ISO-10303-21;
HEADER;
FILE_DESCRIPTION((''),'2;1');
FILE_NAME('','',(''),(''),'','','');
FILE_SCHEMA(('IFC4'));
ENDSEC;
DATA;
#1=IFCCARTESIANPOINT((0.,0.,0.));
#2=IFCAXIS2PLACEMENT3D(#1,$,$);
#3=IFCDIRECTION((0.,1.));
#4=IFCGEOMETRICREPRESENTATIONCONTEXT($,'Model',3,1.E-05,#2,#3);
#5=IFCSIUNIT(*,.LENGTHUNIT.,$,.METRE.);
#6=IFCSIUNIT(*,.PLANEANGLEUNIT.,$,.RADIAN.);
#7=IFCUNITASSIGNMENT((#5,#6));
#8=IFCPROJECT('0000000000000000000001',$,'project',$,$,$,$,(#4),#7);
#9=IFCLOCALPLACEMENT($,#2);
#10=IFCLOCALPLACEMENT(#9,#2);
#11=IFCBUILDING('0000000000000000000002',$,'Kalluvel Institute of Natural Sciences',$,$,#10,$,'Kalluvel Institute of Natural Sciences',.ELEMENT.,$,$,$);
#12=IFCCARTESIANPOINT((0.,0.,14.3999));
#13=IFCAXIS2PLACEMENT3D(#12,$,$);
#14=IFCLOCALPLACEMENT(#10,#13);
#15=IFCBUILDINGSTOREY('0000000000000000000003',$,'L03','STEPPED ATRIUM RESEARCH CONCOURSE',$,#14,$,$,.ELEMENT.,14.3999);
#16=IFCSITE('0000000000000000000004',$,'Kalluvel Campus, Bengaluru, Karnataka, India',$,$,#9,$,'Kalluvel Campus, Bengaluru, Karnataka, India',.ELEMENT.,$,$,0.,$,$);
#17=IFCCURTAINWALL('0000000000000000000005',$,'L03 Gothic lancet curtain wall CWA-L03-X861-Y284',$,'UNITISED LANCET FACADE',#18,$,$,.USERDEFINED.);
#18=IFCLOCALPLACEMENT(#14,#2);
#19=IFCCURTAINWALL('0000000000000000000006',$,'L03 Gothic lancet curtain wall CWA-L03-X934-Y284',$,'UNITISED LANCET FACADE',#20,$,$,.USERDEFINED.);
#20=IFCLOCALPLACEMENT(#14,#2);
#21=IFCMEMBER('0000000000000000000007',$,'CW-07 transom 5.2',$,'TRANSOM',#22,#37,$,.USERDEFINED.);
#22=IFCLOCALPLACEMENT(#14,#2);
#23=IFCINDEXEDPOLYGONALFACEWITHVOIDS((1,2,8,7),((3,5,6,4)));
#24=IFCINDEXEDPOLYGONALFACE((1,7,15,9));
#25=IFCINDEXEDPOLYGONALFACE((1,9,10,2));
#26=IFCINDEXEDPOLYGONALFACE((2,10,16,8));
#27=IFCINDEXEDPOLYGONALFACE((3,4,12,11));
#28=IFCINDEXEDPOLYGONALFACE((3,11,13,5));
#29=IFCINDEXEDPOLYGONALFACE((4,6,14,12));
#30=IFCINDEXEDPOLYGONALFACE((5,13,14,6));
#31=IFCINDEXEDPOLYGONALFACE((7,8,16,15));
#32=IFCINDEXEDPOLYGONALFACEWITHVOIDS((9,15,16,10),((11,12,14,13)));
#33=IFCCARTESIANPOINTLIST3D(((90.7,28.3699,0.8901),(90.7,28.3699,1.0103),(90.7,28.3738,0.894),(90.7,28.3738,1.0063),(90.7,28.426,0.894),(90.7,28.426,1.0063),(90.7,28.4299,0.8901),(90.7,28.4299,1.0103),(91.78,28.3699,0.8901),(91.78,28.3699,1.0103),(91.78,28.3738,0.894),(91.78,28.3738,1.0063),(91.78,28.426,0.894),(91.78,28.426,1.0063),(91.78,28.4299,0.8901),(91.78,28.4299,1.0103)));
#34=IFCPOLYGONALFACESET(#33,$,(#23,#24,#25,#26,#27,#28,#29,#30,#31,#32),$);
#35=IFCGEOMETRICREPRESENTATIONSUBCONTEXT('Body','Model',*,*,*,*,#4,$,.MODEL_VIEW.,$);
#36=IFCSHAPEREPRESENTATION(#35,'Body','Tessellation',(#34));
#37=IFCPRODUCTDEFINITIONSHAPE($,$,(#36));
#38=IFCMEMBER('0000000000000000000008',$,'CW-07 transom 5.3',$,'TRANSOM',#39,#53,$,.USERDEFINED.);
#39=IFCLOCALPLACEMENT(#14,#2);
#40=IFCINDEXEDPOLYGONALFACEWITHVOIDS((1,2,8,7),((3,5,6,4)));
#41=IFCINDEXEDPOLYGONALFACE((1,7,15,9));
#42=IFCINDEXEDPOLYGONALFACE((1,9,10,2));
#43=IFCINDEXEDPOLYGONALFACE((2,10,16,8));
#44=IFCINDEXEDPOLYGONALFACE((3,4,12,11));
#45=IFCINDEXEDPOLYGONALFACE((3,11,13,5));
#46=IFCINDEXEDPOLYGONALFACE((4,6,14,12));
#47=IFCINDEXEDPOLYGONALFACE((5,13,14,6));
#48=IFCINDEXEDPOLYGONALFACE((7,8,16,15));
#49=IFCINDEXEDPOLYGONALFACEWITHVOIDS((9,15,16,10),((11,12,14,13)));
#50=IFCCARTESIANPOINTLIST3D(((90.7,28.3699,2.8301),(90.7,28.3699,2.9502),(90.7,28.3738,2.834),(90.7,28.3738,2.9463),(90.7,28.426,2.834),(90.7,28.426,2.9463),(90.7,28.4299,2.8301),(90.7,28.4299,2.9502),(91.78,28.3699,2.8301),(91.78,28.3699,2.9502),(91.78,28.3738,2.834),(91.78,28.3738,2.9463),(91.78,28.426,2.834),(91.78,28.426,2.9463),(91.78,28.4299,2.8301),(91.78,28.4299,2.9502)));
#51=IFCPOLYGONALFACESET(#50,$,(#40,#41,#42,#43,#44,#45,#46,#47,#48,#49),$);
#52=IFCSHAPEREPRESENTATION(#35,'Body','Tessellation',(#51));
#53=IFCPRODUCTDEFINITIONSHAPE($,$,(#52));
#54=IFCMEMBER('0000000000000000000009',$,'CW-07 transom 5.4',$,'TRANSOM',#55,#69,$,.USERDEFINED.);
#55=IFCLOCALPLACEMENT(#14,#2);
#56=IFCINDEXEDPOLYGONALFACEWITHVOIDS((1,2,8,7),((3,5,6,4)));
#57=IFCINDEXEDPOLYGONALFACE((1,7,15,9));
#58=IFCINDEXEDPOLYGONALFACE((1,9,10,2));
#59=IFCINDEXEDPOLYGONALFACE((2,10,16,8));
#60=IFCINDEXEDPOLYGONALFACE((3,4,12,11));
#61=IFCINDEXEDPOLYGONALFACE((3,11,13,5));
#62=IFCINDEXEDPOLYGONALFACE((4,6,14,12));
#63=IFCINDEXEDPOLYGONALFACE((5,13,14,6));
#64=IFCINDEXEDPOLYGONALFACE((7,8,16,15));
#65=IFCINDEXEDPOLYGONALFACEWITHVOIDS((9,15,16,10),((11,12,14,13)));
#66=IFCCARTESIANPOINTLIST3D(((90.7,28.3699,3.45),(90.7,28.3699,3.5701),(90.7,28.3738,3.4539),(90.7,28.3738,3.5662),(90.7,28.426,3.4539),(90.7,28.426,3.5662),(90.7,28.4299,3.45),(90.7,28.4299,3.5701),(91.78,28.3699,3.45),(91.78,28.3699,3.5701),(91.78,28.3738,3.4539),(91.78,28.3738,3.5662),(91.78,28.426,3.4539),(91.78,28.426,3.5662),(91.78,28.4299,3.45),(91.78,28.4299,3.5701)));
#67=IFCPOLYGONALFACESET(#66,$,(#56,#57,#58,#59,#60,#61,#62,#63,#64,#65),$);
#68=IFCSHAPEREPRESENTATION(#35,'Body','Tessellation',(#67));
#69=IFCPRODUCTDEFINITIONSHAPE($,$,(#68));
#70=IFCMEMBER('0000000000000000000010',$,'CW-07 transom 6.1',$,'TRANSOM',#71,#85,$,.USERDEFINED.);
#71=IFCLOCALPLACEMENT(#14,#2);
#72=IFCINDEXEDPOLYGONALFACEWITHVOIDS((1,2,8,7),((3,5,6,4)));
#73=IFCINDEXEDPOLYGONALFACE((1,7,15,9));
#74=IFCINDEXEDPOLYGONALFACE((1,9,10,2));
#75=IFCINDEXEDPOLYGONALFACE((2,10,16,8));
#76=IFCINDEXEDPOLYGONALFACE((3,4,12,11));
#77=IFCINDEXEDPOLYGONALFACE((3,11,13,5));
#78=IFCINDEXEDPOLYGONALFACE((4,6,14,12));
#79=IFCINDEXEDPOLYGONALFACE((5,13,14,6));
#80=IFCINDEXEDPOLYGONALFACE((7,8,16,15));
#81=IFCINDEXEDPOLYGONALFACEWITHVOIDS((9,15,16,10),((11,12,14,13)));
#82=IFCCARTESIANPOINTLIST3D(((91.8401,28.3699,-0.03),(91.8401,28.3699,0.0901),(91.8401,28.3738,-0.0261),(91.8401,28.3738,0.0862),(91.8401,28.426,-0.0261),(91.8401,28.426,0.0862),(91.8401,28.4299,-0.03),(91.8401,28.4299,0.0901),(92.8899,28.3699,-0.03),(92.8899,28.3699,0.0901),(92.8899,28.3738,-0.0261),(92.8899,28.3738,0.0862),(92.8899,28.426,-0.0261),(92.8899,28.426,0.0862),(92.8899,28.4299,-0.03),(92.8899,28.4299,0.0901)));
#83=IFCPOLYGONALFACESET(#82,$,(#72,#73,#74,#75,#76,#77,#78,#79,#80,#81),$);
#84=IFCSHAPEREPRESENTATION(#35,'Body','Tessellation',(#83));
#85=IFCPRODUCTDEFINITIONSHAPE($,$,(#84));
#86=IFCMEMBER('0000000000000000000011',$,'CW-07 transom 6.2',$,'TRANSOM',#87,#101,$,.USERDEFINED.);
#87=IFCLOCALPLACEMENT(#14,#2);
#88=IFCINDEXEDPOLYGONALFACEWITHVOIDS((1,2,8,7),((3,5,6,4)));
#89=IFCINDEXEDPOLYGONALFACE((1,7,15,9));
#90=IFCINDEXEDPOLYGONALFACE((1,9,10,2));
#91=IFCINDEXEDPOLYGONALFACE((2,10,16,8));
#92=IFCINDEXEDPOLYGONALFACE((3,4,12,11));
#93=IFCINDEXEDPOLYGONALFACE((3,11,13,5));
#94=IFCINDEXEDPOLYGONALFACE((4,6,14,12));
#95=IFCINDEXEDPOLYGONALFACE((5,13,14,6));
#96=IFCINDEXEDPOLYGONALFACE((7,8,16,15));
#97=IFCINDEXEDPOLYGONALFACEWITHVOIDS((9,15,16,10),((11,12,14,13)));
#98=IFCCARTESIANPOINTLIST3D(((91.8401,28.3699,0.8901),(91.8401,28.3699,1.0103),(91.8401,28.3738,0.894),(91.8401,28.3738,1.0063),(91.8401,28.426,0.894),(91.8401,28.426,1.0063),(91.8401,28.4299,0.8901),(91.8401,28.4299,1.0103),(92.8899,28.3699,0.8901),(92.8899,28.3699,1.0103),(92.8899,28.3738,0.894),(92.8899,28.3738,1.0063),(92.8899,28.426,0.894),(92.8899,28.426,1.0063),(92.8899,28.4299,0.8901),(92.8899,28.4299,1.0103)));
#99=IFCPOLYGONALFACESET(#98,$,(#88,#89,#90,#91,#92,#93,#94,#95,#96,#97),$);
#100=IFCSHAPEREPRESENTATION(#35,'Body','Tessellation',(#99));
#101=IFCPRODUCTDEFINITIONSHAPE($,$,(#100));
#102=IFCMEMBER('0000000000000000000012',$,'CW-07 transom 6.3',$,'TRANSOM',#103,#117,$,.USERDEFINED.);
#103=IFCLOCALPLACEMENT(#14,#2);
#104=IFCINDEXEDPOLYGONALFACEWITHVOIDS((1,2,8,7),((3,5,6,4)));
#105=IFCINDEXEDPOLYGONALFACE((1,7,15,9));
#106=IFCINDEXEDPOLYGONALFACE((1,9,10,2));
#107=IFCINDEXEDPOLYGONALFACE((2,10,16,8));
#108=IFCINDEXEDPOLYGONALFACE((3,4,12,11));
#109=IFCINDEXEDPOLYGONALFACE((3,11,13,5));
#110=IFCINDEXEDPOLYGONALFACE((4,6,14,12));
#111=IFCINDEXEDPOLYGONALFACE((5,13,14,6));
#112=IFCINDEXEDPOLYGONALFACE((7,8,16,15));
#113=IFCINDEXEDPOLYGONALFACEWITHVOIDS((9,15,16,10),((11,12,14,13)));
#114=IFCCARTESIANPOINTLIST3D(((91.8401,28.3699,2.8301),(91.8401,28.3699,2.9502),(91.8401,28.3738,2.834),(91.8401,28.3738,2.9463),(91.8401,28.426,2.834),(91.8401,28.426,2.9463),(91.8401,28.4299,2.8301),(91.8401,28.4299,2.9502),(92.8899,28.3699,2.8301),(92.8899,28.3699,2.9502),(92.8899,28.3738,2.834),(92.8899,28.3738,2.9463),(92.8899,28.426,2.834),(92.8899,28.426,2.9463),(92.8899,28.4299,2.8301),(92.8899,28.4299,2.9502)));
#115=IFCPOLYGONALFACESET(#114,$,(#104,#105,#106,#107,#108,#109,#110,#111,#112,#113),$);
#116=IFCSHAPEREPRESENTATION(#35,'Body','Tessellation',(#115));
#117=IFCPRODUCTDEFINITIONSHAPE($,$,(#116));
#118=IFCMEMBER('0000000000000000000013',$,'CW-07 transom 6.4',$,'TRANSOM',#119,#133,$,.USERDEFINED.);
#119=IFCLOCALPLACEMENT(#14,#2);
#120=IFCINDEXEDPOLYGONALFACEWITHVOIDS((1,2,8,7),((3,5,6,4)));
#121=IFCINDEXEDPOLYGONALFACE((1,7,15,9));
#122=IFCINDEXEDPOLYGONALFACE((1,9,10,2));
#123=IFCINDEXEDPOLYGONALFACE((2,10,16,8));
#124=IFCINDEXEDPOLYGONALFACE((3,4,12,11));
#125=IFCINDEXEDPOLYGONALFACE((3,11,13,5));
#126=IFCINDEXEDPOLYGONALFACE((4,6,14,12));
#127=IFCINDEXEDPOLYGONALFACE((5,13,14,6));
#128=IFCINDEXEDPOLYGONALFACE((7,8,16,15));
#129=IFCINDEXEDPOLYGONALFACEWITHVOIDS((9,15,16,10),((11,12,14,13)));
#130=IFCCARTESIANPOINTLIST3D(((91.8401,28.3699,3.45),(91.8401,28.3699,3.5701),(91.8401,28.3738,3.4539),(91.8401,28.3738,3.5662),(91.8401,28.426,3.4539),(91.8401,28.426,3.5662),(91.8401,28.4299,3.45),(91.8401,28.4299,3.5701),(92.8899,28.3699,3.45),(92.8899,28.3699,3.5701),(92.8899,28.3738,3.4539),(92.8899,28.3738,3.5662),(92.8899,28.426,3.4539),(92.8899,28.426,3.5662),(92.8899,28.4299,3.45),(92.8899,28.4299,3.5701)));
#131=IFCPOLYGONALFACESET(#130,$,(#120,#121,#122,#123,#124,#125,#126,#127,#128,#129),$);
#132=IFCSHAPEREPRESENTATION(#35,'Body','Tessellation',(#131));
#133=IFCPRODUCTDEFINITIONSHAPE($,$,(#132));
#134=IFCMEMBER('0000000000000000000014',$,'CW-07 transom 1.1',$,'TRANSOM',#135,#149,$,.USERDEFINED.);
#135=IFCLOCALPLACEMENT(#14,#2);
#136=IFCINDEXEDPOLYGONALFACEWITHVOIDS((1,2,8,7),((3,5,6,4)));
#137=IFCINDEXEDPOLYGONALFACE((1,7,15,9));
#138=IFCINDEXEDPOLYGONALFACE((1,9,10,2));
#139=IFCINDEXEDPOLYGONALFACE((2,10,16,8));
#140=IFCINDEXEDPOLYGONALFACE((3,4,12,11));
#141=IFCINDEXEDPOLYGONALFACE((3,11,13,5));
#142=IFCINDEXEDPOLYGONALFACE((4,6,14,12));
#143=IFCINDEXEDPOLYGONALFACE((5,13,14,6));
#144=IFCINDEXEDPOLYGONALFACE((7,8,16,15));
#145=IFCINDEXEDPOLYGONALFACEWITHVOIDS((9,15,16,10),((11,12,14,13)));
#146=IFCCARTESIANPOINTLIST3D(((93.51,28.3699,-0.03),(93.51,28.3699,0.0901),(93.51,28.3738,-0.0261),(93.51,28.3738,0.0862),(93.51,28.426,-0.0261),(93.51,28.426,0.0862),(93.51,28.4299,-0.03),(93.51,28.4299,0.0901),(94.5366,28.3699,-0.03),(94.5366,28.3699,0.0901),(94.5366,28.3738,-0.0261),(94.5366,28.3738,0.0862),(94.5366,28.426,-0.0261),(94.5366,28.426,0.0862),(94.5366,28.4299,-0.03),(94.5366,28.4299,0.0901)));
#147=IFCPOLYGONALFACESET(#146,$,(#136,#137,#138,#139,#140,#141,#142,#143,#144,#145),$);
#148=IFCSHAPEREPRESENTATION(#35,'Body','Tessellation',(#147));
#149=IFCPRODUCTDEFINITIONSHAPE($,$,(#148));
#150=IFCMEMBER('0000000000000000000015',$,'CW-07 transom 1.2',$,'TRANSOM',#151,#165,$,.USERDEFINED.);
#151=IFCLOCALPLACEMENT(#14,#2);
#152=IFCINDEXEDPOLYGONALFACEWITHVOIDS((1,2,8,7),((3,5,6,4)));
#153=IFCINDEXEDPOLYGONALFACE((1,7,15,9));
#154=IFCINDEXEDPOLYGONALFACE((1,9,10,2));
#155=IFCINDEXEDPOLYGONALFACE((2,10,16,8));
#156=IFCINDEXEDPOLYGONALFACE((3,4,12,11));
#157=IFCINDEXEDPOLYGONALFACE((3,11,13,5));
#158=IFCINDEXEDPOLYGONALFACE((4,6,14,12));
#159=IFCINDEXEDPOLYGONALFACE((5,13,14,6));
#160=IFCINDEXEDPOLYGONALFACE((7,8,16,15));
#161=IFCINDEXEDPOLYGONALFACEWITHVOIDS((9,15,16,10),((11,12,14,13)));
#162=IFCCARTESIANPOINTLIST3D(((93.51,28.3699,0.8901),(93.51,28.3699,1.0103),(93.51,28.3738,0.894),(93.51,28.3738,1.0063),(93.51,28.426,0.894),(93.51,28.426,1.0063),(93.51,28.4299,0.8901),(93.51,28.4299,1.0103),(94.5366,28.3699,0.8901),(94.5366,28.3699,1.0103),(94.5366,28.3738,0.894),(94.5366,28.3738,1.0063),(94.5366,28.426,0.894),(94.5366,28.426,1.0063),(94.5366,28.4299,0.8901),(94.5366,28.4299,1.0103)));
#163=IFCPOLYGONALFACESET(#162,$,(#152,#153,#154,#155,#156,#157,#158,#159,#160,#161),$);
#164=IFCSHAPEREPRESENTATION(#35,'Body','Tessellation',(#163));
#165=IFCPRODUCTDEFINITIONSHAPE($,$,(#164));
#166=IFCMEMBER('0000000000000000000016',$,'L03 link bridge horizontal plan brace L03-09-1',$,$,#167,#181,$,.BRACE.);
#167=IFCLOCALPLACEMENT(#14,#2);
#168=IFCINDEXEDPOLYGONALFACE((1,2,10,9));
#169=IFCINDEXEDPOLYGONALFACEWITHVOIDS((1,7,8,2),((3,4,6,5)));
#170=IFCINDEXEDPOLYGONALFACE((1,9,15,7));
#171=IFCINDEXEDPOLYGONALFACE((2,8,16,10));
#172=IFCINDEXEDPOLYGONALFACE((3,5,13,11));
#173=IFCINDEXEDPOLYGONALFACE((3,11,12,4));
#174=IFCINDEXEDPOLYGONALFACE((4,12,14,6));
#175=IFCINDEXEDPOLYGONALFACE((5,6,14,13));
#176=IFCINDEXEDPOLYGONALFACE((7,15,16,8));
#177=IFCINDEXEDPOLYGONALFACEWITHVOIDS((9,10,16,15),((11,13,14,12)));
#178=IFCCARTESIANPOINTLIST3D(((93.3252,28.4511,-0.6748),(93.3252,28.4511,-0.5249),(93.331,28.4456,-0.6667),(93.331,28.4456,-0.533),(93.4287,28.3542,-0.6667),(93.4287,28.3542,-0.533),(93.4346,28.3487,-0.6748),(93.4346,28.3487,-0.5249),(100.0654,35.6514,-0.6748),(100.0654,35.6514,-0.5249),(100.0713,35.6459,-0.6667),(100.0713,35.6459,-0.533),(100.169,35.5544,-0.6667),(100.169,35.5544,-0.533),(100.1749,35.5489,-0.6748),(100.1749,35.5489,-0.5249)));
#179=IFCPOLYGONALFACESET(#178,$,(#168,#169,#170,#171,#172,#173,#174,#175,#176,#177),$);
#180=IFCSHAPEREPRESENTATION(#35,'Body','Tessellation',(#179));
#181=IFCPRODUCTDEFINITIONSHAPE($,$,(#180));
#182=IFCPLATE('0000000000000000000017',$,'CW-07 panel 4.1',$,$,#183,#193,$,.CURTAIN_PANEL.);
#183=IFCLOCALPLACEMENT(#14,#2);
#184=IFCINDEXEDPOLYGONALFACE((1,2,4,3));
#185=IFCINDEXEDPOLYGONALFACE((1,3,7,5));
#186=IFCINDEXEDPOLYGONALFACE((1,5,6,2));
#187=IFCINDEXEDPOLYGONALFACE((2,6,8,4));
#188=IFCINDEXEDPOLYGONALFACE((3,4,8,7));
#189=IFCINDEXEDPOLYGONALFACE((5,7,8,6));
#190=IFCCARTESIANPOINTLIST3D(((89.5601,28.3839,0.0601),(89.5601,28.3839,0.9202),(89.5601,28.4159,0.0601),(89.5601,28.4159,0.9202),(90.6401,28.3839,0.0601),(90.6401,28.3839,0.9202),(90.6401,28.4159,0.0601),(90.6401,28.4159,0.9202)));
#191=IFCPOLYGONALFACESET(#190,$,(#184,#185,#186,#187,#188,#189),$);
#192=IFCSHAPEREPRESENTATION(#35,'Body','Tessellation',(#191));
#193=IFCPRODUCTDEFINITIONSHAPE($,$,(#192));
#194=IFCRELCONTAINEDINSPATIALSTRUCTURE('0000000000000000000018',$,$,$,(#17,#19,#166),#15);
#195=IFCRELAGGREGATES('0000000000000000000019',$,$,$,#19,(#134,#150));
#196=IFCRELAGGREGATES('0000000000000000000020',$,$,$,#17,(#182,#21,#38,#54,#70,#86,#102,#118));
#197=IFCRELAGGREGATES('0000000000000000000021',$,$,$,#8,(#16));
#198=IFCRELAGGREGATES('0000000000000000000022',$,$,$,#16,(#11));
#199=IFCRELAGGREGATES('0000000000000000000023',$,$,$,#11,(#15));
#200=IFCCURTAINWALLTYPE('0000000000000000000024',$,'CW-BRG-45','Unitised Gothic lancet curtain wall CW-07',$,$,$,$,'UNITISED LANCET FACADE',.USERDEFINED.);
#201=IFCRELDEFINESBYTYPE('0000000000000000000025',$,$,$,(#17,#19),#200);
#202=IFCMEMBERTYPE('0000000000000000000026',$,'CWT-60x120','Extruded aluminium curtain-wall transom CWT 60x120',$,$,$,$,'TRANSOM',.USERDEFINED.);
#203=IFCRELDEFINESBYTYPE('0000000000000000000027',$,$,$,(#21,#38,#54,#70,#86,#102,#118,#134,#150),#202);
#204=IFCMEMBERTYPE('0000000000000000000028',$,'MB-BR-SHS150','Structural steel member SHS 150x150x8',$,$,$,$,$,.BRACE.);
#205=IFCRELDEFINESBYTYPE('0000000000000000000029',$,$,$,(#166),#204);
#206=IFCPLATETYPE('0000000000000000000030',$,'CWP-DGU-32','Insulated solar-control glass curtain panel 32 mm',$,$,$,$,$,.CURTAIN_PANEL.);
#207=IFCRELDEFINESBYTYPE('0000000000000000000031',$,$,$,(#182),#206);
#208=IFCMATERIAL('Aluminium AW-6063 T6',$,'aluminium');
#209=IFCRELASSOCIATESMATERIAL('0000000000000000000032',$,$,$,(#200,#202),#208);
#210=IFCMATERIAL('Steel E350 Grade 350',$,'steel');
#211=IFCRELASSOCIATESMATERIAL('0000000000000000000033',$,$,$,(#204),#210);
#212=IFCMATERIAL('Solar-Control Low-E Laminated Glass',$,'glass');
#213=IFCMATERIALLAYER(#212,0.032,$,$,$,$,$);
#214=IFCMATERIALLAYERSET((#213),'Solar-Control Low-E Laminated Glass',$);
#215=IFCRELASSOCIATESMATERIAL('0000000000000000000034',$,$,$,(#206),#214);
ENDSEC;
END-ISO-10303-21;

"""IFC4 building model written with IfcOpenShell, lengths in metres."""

from ifc_helpers import new_model, si_unit, direction, frame, origin, origin_2d, place, context, subcontext, project, spatial, rectangle, hollow_rectangle, extrude, material, layer, layer_set, material_profile, profile_set, type_object, element, aggregate, save


model = new_model("IFC4")

# Units and contexts
model_context = context("Model", 3, precision=1e-05, world=origin(), true_north=direction((0.0, 1.0)))
body_context = subcontext(model_context, "Body", "Model", "MODEL_VIEW")
ifc_project = project(units=[si_unit("LENGTHUNIT", "METRE"), si_unit("PLANEANGLEUNIT", "RADIAN")], contexts=[model_context])

# Site, building, storey
site_placement = place(None, origin())
site = spatial("IfcSite", under=ifc_project, at=site_placement, Name="Kalluvel Campus, Bengaluru, Karnataka, India", LongName="Kalluvel Campus, Bengaluru, Karnataka, India", CompositionType="ELEMENT", RefElevation=0.0)
building_placement = place(site_placement, origin())
building = spatial("IfcBuilding", under=site, at=building_placement, Name="Kalluvel Institute of Natural Sciences", LongName="Kalluvel Institute of Natural Sciences", CompositionType="ELEMENT")
storey_placement = place(building_placement, frame((0.0, 0.0, 14.3999)))
storey = spatial("IfcBuildingStorey", under=building, at=storey_placement, Name="L03", Description="STEPPED ATRIUM RESEARCH CONCOURSE", CompositionType="ELEMENT", Elevation=14.3999)

# Shared definitions
ifc_material_1 = material(Name="Steel E350 Grade 350", Category="steel")

# Curtain wall
ifc_material_2 = material(Name="Aluminium AW-6063 T6", Category="aluminium")
curtain_wall_type = type_object("IfcCurtainWallType", Name="CW-BRG-45", Description="Unitised Gothic lancet curtain wall CW-07", ElementType="UNITISED LANCET FACADE", PredefinedType="USERDEFINED", material=ifc_material_2)
curtain_wall_1_placement = place(storey_placement, origin())
curtain_wall_1 = element("IfcCurtainWall", 1, at=curtain_wall_1_placement, inside=storey, type_object=curtain_wall_type, Name="L03 Gothic lancet curtain wall CWA-L03-X861-Y284", ObjectType="UNITISED LANCET FACADE", PredefinedType="USERDEFINED")

# Curtain wall
curtain_wall_2_placement = place(storey_placement, origin())
curtain_wall_2 = element("IfcCurtainWall", 2, at=curtain_wall_2_placement, inside=storey, type_object=curtain_wall_type, Name="L03 Gothic lancet curtain wall CWA-L03-X934-Y284", ObjectType="UNITISED LANCET FACADE", PredefinedType="USERDEFINED")

# Members
ifc_material_profile_1 = material_profile(ifc_material_2, hollow_rectangle(XDim=0.0601, YDim=0.1201, WallThickness=0.0039, at=origin_2d()), Name="CWT 60x120")
ifc_profile_set_1 = profile_set([ifc_material_profile_1], Name="Aluminium AW-6063 T6")
member_type_1 = type_object("IfcMemberType", Name="CWT-60x120", Description="Extruded aluminium curtain-wall transom CWT 60x120", ElementType="TRANSOM", PredefinedType="USERDEFINED", material=ifc_profile_set_1)
member_1_placement = place(storey_placement, frame((90.7, 28.3999, 0.9502), z_axis=(1.0, 0.0, 0.0), x_axis=(0.0, 1.0, 0.0)))
member_1 = element("IfcMember", 3, at=member_1_placement, type_object=member_type_1, Name="CW-07 transom 5.2", ObjectType="TRANSOM", PredefinedType="USERDEFINED", context=body_context, shape_type="SweptSolid", body=[
    extrude(hollow_rectangle(XDim=0.0601, YDim=0.1201, WallThickness=0.0039, at=origin_2d()), origin(), (0.0, 0.0, 1.0), 1.0801),
])
member_2_placement = place(storey_placement, frame((90.7, 28.3999, 2.8901), z_axis=(1.0, 0.0, 0.0), x_axis=(0.0, 1.0, 0.0)))
member_2 = element("IfcMember", 4, at=member_2_placement, type_object=member_type_1, Name="CW-07 transom 5.3", ObjectType="TRANSOM", PredefinedType="USERDEFINED", context=body_context, shape_type="SweptSolid", body=[
    extrude(hollow_rectangle(XDim=0.0601, YDim=0.1201, WallThickness=0.0039, at=origin_2d()), origin(), (0.0, 0.0, 1.0), 1.0801),
])
member_3_placement = place(storey_placement, frame((90.7, 28.3999, 3.51), z_axis=(1.0, 0.0, 0.0), x_axis=(0.0, 1.0, 0.0)))
member_3 = element("IfcMember", 5, at=member_3_placement, type_object=member_type_1, Name="CW-07 transom 5.4", ObjectType="TRANSOM", PredefinedType="USERDEFINED", context=body_context, shape_type="SweptSolid", body=[
    extrude(hollow_rectangle(XDim=0.0601, YDim=0.1201, WallThickness=0.0039, at=origin_2d()), origin(), (0.0, 0.0, 1.0), 1.0801),
])
member_4_placement = place(storey_placement, frame((91.8401, 28.3999, 0.03), z_axis=(1.0, 0.0, 0.0), x_axis=(0.0, 1.0, 0.0)))
member_4 = element("IfcMember", 6, at=member_4_placement, type_object=member_type_1, Name="CW-07 transom 6.1", ObjectType="TRANSOM", PredefinedType="USERDEFINED", context=body_context, shape_type="SweptSolid", body=[
    extrude(hollow_rectangle(XDim=0.0601, YDim=0.1201, WallThickness=0.0039, at=origin_2d()), origin(), (0.0, 0.0, 1.0), 1.0498),
])
member_5_placement = place(storey_placement, frame((91.8401, 28.3999, 0.9502), z_axis=(1.0, 0.0, 0.0), x_axis=(0.0, 1.0, 0.0)))
member_5 = element("IfcMember", 7, at=member_5_placement, type_object=member_type_1, Name="CW-07 transom 6.2", ObjectType="TRANSOM", PredefinedType="USERDEFINED", context=body_context, shape_type="SweptSolid", body=[
    extrude(hollow_rectangle(XDim=0.0601, YDim=0.1201, WallThickness=0.0039, at=origin_2d()), origin(), (0.0, 0.0, 1.0), 1.0498),
])
member_6_placement = place(storey_placement, frame((91.8401, 28.3999, 2.8901), z_axis=(1.0, 0.0, 0.0), x_axis=(0.0, 1.0, 0.0)))
member_6 = element("IfcMember", 8, at=member_6_placement, type_object=member_type_1, Name="CW-07 transom 6.3", ObjectType="TRANSOM", PredefinedType="USERDEFINED", context=body_context, shape_type="SweptSolid", body=[
    extrude(hollow_rectangle(XDim=0.0601, YDim=0.1201, WallThickness=0.0039, at=origin_2d()), origin(), (0.0, 0.0, 1.0), 1.0498),
])
member_7_placement = place(storey_placement, frame((91.8401, 28.3999, 3.51), z_axis=(1.0, 0.0, 0.0), x_axis=(0.0, 1.0, 0.0)))
member_7 = element("IfcMember", 9, at=member_7_placement, type_object=member_type_1, Name="CW-07 transom 6.4", ObjectType="TRANSOM", PredefinedType="USERDEFINED", context=body_context, shape_type="SweptSolid", body=[
    extrude(hollow_rectangle(XDim=0.0601, YDim=0.1201, WallThickness=0.0039, at=origin_2d()), origin(), (0.0, 0.0, 1.0), 1.0498),
])
member_8_placement = place(storey_placement, frame((93.51, 28.3999, 0.03), z_axis=(1.0, 0.0, 0.0), x_axis=(0.0, 1.0, 0.0)))
member_8 = element("IfcMember", 10, at=member_8_placement, type_object=member_type_1, Name="CW-07 transom 1.1", ObjectType="TRANSOM", PredefinedType="USERDEFINED", context=body_context, shape_type="SweptSolid", body=[
    extrude(hollow_rectangle(XDim=0.0601, YDim=0.1201, WallThickness=0.0039, at=origin_2d()), origin(), (0.0, 0.0, 1.0), 1.0266),
])
member_9_placement = place(storey_placement, frame((93.51, 28.3999, 0.9502), z_axis=(1.0, 0.0, 0.0), x_axis=(0.0, 1.0, 0.0)))
member_9 = element("IfcMember", 11, at=member_9_placement, type_object=member_type_1, Name="CW-07 transom 1.2", ObjectType="TRANSOM", PredefinedType="USERDEFINED", context=body_context, shape_type="SweptSolid", body=[
    extrude(hollow_rectangle(XDim=0.0601, YDim=0.1201, WallThickness=0.0039, at=origin_2d()), origin(), (0.0, 0.0, 1.0), 1.0266),
])
aggregate(curtain_wall_2, [member_8, member_9])
ifc_material_profile_2 = material_profile(ifc_material_1, hollow_rectangle(XDim=0.1499, YDim=0.1499, WallThickness=0.0081, at=origin_2d()), Name="SHS 150x150x8")
ifc_profile_set_2 = profile_set([ifc_material_profile_2], Name="Steel E350 Grade 350")
member_type_2 = type_object("IfcMemberType", Name="MB-BR-SHS150", Description="Structural steel member SHS 150x150x8", PredefinedType="BRACE", material=ifc_profile_set_2)
member_10_placement = place(storey_placement, frame((93.3799, 28.3999, -0.5999), z_axis=(0.683404, 0.73004, 0.0), x_axis=(-0.73004, 0.683404, 0.0)))
element("IfcMember", 12, at=member_10_placement, inside=storey, type_object=member_type_2, Name="L03 link bridge horizontal plan brace L03-09-1", PredefinedType="BRACE", context=body_context, shape_type="SweptSolid", body=[
    extrude(hollow_rectangle(XDim=0.1499, YDim=0.1499, WallThickness=0.0081, at=origin_2d()), origin(), (0.0, 0.0, 1.0), 9.8628),
])

# Plate
ifc_material_3 = material(Name="Solar-Control Low-E Laminated Glass", Category="glass")
ifc_layer = layer(ifc_material_3, 0.032)
ifc_layer_set = layer_set([ifc_layer], Name="Solar-Control Low-E Laminated Glass")
plate_type = type_object("IfcPlateType", Name="CWP-DGU-32", Description="Insulated solar-control glass curtain panel 32 mm", PredefinedType="CURTAIN_PANEL", material=ifc_layer_set)
plate_1_placement = place(storey_placement, frame((90.1001, 28.3999, 0.0601), z_axis=(0.0, 0.0, 1.0), x_axis=(1.0, 0.0, 0.0)))
plate_1 = element("IfcPlate", 13, at=plate_1_placement, type_object=plate_type, Name="CW-07 panel 4.1", PredefinedType="CURTAIN_PANEL", context=body_context, shape_type="SweptSolid", body=[
    extrude(rectangle(XDim=1.0801, YDim=0.032, at=origin_2d()), origin(), (0.0, 0.0, 1.0), 0.8601),
])
aggregate(curtain_wall_1, [plate_1, member_1, member_2, member_3, member_4, member_5, member_6, member_7])

save(model, "model.ifc")
